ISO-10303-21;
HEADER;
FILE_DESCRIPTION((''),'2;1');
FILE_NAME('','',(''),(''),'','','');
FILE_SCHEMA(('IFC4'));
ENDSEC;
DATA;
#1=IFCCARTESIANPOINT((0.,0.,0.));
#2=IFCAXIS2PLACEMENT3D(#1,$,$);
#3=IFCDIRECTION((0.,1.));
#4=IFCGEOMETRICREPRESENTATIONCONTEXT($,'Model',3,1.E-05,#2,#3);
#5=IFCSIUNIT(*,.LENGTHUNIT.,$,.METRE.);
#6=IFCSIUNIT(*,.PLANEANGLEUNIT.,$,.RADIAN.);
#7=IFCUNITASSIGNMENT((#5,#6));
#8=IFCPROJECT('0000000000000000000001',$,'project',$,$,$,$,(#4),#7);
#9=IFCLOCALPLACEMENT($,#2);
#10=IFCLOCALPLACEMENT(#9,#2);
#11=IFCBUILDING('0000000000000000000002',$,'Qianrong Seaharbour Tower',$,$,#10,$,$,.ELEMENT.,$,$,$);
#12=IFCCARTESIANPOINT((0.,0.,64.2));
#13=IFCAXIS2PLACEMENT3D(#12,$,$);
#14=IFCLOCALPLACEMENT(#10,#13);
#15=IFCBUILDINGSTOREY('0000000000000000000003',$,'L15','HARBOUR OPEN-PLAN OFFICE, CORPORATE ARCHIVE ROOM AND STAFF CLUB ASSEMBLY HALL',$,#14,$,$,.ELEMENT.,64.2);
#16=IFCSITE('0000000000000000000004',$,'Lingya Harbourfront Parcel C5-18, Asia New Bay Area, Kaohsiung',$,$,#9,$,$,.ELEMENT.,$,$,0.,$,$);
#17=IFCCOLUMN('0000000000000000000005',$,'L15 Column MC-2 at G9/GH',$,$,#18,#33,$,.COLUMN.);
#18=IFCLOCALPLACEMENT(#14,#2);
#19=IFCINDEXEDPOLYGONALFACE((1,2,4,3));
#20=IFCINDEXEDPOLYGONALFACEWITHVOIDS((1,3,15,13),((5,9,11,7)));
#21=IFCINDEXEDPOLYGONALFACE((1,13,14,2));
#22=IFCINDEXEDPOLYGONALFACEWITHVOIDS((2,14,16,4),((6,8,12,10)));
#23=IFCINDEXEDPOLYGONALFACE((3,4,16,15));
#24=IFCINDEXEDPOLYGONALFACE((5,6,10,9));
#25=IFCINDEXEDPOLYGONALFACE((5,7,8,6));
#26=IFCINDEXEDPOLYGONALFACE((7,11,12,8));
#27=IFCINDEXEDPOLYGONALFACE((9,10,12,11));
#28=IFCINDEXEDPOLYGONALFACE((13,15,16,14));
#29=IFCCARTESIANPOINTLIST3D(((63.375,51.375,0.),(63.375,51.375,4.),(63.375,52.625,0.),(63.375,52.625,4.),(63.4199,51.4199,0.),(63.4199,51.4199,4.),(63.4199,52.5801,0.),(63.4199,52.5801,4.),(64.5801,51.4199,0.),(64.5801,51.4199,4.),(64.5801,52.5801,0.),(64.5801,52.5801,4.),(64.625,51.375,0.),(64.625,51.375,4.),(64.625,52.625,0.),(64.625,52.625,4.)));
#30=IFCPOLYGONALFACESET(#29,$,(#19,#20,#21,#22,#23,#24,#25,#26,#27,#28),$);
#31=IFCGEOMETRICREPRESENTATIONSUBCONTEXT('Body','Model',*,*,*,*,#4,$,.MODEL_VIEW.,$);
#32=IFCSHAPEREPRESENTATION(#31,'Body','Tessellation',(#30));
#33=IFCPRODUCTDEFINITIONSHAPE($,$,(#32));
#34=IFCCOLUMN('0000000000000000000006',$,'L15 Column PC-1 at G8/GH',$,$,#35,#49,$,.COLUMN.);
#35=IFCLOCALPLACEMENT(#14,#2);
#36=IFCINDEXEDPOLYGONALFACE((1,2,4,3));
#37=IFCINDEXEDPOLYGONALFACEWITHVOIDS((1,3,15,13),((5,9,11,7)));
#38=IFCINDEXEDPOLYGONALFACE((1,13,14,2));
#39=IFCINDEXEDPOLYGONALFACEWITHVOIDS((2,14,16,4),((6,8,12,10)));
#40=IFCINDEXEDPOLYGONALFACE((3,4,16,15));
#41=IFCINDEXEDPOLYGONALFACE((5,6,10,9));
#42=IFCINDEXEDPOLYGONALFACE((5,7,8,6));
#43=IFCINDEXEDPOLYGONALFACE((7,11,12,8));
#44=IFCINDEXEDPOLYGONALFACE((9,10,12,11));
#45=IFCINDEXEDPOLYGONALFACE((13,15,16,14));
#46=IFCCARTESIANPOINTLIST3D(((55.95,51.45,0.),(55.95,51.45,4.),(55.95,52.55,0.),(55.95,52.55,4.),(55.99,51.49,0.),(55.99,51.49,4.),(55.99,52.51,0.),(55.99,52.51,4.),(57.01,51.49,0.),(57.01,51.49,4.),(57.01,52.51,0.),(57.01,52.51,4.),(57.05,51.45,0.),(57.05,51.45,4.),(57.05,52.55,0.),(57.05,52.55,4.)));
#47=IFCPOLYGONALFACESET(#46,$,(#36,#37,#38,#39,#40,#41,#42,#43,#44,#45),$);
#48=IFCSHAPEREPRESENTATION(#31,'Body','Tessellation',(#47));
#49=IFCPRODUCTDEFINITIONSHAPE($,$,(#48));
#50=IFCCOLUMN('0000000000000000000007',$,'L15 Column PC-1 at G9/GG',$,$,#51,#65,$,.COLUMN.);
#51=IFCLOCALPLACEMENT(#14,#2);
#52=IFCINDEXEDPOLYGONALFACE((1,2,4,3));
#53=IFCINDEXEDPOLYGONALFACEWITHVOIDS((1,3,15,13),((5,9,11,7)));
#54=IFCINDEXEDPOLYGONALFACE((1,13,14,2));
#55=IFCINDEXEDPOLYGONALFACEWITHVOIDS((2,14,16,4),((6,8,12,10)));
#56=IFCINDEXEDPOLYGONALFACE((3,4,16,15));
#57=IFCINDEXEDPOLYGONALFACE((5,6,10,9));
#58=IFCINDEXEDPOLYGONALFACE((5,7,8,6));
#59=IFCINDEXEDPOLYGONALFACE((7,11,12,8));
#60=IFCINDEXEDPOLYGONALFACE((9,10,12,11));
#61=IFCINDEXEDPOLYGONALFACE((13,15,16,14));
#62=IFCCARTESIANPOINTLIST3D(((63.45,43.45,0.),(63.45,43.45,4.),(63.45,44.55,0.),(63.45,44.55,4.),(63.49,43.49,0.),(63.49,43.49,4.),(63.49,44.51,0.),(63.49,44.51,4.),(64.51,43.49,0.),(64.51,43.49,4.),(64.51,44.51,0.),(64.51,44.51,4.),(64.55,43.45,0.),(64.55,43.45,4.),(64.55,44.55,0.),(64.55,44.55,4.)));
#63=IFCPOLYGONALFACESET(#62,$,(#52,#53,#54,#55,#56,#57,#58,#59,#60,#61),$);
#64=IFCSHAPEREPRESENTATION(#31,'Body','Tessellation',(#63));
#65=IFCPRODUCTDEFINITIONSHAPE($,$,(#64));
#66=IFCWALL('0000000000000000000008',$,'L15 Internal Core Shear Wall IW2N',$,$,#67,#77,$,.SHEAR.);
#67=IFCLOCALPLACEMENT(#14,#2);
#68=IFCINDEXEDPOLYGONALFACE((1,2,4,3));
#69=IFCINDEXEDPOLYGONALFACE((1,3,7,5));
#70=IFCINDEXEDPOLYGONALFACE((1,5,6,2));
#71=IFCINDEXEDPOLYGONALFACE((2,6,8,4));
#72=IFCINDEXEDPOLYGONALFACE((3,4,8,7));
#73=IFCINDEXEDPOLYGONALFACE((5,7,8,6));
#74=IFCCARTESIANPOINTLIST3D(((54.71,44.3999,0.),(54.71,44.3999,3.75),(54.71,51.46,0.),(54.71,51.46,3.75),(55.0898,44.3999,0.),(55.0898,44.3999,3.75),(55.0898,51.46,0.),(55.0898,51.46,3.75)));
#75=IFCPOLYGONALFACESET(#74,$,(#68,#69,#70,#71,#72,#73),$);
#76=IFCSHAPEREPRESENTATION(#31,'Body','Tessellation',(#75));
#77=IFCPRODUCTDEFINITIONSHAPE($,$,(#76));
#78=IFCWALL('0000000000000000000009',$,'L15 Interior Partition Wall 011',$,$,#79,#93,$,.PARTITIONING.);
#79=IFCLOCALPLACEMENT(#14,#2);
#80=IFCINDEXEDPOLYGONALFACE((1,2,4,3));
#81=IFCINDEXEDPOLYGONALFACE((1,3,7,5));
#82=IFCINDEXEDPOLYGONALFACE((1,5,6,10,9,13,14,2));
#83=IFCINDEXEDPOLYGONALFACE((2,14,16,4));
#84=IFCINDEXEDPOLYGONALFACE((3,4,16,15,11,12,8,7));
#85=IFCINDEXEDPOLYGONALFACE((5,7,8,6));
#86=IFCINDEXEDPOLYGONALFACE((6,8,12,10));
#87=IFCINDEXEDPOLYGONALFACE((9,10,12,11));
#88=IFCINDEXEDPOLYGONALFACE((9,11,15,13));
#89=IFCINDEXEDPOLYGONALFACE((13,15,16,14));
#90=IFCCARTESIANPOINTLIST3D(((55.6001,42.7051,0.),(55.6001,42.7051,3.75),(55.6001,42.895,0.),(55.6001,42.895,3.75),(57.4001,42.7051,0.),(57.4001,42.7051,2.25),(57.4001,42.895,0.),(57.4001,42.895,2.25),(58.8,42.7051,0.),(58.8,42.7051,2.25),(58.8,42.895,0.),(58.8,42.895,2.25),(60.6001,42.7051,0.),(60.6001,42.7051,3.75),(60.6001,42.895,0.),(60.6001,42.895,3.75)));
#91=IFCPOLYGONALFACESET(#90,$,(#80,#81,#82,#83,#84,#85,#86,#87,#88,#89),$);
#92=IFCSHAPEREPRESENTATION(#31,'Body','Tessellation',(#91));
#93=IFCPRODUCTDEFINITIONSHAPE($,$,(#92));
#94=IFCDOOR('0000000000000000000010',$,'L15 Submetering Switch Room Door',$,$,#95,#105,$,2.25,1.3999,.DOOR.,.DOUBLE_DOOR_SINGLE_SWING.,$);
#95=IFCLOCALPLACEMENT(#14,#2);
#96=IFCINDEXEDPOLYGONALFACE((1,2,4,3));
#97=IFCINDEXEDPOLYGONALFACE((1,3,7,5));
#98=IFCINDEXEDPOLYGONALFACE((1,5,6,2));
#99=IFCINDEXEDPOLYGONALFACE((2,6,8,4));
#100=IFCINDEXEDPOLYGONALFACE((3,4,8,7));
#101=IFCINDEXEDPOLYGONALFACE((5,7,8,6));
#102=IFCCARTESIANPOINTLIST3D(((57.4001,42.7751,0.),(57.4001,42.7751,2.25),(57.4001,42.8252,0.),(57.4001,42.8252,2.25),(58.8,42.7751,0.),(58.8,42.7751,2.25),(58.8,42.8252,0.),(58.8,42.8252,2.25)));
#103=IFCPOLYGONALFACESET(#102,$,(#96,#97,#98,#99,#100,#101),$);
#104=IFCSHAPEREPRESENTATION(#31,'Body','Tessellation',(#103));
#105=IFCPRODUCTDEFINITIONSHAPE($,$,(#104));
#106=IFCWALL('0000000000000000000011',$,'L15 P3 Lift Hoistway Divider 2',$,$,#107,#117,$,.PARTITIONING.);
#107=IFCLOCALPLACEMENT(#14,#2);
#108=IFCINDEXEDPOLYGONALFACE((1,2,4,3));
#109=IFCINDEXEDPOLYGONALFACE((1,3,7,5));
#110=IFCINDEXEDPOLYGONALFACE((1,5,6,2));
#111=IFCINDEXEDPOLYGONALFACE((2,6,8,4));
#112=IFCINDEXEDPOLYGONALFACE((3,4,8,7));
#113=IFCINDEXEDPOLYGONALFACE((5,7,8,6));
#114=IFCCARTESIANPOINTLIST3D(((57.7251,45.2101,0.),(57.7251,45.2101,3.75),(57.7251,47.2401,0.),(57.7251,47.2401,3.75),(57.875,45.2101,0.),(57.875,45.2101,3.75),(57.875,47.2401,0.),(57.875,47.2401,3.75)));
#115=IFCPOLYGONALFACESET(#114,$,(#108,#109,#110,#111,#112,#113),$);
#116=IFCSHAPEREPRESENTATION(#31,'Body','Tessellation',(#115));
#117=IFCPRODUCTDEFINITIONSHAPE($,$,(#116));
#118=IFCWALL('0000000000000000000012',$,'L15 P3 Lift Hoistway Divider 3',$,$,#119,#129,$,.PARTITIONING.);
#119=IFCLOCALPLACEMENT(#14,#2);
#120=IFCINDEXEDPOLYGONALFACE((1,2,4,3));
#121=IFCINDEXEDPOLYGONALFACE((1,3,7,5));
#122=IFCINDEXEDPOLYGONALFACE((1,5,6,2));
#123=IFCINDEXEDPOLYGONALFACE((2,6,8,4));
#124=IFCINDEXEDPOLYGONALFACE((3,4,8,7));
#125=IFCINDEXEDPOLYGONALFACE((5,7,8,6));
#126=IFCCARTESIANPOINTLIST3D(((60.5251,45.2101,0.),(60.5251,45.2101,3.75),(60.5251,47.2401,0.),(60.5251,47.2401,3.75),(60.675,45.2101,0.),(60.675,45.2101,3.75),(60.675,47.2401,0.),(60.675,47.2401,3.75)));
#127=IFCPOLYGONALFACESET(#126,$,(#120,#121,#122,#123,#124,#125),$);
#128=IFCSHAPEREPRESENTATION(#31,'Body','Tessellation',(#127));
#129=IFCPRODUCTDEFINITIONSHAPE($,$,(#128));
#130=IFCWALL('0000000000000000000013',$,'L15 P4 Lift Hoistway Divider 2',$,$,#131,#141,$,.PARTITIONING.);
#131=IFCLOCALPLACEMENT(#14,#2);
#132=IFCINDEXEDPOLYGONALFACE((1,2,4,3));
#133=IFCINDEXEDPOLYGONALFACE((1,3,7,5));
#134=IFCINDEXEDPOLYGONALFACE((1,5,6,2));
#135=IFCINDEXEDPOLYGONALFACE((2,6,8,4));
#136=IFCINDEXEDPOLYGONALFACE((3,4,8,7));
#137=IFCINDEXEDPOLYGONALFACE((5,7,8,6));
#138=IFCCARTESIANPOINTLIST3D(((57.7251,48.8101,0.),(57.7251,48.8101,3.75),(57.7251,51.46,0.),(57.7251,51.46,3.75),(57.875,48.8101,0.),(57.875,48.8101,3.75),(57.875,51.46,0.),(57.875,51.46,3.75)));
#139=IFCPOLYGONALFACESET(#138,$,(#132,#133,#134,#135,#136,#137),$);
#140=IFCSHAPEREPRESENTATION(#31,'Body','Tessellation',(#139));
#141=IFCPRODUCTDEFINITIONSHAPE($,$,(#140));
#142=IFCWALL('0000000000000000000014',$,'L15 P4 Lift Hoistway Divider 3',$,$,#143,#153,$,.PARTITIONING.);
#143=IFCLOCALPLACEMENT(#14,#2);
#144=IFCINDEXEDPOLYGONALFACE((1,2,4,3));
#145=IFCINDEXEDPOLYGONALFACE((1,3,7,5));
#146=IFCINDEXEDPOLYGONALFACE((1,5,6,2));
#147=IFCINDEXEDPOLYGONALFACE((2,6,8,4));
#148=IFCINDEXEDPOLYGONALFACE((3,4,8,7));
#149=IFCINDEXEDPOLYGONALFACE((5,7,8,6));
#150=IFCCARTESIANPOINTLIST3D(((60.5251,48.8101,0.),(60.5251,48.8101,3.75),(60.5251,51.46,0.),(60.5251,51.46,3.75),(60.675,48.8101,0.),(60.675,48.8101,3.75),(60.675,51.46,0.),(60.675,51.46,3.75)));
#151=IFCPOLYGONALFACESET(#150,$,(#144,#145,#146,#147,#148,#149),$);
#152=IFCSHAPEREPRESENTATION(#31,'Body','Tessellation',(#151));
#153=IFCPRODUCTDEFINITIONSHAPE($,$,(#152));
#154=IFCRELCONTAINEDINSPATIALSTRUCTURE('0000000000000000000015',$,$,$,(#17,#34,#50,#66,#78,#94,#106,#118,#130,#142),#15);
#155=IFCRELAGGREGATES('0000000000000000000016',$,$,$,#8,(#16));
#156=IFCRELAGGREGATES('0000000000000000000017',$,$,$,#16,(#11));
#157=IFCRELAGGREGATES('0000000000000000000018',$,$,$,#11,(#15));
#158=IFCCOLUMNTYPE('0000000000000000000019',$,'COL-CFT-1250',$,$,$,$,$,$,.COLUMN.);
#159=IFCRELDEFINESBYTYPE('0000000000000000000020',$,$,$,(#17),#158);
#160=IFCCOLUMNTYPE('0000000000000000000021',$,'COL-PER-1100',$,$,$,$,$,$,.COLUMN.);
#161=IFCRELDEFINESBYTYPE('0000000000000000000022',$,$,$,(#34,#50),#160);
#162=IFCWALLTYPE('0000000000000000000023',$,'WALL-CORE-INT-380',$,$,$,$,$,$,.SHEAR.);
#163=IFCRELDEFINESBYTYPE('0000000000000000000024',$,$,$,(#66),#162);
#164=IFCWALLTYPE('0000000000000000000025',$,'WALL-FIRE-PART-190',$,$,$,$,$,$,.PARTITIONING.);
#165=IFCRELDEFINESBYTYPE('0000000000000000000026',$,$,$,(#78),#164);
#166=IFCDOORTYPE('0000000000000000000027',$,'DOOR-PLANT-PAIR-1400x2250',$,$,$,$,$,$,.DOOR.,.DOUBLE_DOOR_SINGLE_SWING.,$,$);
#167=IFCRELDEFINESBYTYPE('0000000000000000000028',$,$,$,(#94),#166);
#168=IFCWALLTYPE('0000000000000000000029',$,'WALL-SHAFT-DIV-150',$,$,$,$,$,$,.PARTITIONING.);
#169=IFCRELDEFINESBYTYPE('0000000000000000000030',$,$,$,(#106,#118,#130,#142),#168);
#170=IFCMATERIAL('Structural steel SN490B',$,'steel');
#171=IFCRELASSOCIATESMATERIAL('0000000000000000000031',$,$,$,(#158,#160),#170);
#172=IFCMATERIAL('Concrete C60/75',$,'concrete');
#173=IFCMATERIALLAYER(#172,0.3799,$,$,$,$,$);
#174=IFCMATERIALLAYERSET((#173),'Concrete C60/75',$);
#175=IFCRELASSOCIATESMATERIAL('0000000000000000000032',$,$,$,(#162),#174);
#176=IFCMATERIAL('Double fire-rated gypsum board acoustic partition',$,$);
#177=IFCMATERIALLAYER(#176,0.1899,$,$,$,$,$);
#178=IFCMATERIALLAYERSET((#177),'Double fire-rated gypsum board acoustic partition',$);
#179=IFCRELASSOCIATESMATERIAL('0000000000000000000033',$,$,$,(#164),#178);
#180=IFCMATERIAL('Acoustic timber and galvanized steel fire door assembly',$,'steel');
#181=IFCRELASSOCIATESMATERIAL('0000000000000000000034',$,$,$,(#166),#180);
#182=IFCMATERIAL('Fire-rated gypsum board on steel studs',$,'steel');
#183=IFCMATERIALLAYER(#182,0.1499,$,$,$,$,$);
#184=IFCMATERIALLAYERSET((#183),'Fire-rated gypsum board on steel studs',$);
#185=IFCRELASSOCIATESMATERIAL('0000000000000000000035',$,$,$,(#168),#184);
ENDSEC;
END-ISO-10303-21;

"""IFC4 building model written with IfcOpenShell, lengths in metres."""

from ifc_helpers import new_model, si_unit, direction, frame, frame_2d, origin, origin_2d, place, context, subcontext, project, spatial, rectangle, hollow_rectangle, extrude, material, layer, layer_set, material_profile, profile_set, type_object, element, fill, save


model = new_model("IFC4")

# Units and contexts
model_context = context("Model", 3, precision=1e-05, world=origin(), true_north=direction((0.0, 1.0)))
body_context = subcontext(model_context, "Body", "Model", "MODEL_VIEW")
ifc_project = project(units=[si_unit("LENGTHUNIT", "METRE"), si_unit("PLANEANGLEUNIT", "RADIAN")], contexts=[model_context])

# Site, building, storey
site_placement = place(None, origin())
site = spatial("IfcSite", under=ifc_project, at=site_placement, Name="Lingya Harbourfront Parcel C5-18, Asia New Bay Area, Kaohsiung", CompositionType="ELEMENT", RefElevation=0.0)
building_placement = place(site_placement, origin())
building = spatial("IfcBuilding", under=site, at=building_placement, Name="Qianrong Seaharbour Tower", CompositionType="ELEMENT")
storey_placement = place(building_placement, frame((0.0, 0.0, 64.2)))
storey = spatial("IfcBuildingStorey", under=building, at=storey_placement, Name="L15", Description="HARBOUR OPEN-PLAN OFFICE, CORPORATE ARCHIVE ROOM AND STAFF CLUB ASSEMBLY HALL", CompositionType="ELEMENT", Elevation=64.2)

# Columns
ifc_material_1 = material(Name="Structural steel SN490B", Category="steel")
ifc_material_profile_1 = material_profile(ifc_material_1, hollow_rectangle(XDim=1.25, YDim=1.25, WallThickness=0.0449, at=origin_2d()), Name="BOX1250x1250x45")
ifc_profile_set_1 = profile_set([ifc_material_profile_1], Name="Structural steel SN490B")
column_type_1 = type_object("IfcColumnType", Name="COL-CFT-1250", PredefinedType="COLUMN", material=ifc_profile_set_1)
column_placement = place(storey_placement, frame((64.0, 52.0, 0.0), z_axis=(0.0, 0.0, 1.0), x_axis=(1.0, 0.0, 0.0)))
element("IfcColumn", 1, at=column_placement, inside=storey, type_object=column_type_1, Name="L15 Column MC-2 at G9/GH", PredefinedType="COLUMN", context=body_context, shape_type="SweptSolid", body=[
    extrude(hollow_rectangle(XDim=1.25, YDim=1.25, WallThickness=0.0449, at=origin_2d()), origin(), (0.0, 0.0, 1.0), 4.0),
])
ifc_material_profile_2 = material_profile(ifc_material_1, hollow_rectangle(XDim=1.1001, YDim=1.1001, WallThickness=0.04, at=origin_2d()), Name="BOX1100x1100x40")
ifc_profile_set_2 = profile_set([ifc_material_profile_2], Name="Structural steel SN490B")
column_type_2 = type_object("IfcColumnType", Name="COL-PER-1100", PredefinedType="COLUMN", material=ifc_profile_set_2)
for number, where, z_axis, x_axis, name in (
    (2, (56.5, 52.0, 0.0), (0.0, 0.0, 1.0), (1.0, 0.0, 0.0), "L15 Column PC-1 at G8/GH"),
    (3, (64.0, 44.0, 0.0), (0.0, 0.0, 1.0), (1.0, 0.0, 0.0), "L15 Column PC-1 at G9/GG"),
):
    element("IfcColumn", number, at=place(storey_placement, frame(where, z_axis=z_axis, x_axis=x_axis)), inside=storey, type_object=column_type_2, Name=name, PredefinedType="COLUMN", context=body_context, shape_type="SweptSolid", body=[
        extrude(hollow_rectangle(XDim=1.1001, YDim=1.1001, WallThickness=0.04, at=origin_2d()), origin(), (0.0, 0.0, 1.0), 4.0),
    ])

# Wall
ifc_material_2 = material(Name="Concrete C60/75", Category="concrete")
ifc_layer_1 = layer(ifc_material_2, 0.3799)
ifc_layer_set_1 = layer_set([ifc_layer_1], Name="Concrete C60/75")
wall_type_1 = type_object("IfcWallType", Name="WALL-CORE-INT-380", PredefinedType="SHEAR", material=ifc_layer_set_1)
wall_1_placement = place(storey_placement, frame((54.8999, 44.3999, 0.0), z_axis=(0.0, 0.0, 1.0), x_axis=(0.0, 1.0, 0.0)))
element("IfcWall", 4, at=wall_1_placement, inside=storey, type_object=wall_type_1, Name="L15 Internal Core Shear Wall IW2N", PredefinedType="SHEAR", context=body_context, shape_type="SweptSolid", body=[
    extrude(rectangle(XDim=7.0601, YDim=0.3799, at=frame_2d((3.53, 0.0))), origin(), (0.0, 0.0, 1.0), 3.75),
])

# Wall, opening, door
ifc_material_3 = material(Name="Acoustic timber and galvanized steel fire door assembly", Category="steel")
ifc_material_4 = material(Name="Double fire-rated gypsum board acoustic partition")
ifc_layer_2 = layer(ifc_material_4, 0.1899)
ifc_layer_set_2 = layer_set([ifc_layer_2], Name="Double fire-rated gypsum board acoustic partition")
wall_type_2 = type_object("IfcWallType", Name="WALL-FIRE-PART-190", PredefinedType="PARTITIONING", material=ifc_layer_set_2)
wall_2_placement = place(storey_placement, frame((60.6001, 42.8, 0.0), z_axis=(0.0, 0.0, 1.0), x_axis=(-1.0, 0.0, 0.0)))
wall_2 = element("IfcWall", 5, at=wall_2_placement, inside=storey, type_object=wall_type_2, Name="L15 Interior Partition Wall 011", PredefinedType="PARTITIONING", context=body_context, shape_type="SweptSolid", body=[
    extrude(rectangle(XDim=5.0, YDim=0.1899, at=frame_2d((2.5, 0.0))), origin(), (0.0, 0.0, 1.0), 3.75),
])
opening_1_placement = place(wall_2_placement, frame((1.8, 0.0, 0.0)))
opening_1 = element("IfcOpeningElement", 6, at=opening_1_placement, cuts=wall_2, PredefinedType="OPENING", context=body_context, shape_type="SweptSolid", body=[
    extrude(rectangle(XDim=1.3999, YDim=2.25, at=frame_2d((0.7, 1.125))), frame((0.0, 0.105, 0.0), z_axis=(0.0, -1.0, 0.0), x_axis=(1.0, 0.0, 0.0)), (0.0, 0.0, 1.0), 0.21),
])
door_type_1 = type_object("IfcDoorType", Name="DOOR-PLANT-PAIR-1400x2250", OperationType="DOUBLE_DOOR_SINGLE_SWING", PredefinedType="DOOR", material=ifc_material_3)
door_1_placement = place(opening_1_placement, origin())
door_1 = element("IfcDoor", 7, at=door_1_placement, inside=storey, type_object=door_type_1, Name="L15 Submetering Switch Room Door", OperationType="DOUBLE_DOOR_SINGLE_SWING", OverallHeight=2.25, OverallWidth=1.3999, PredefinedType="DOOR", context=body_context, shape_type="SweptSolid", body=[
    extrude(rectangle(XDim=1.3999, YDim=2.25, at=frame_2d((0.7, 1.125))), frame((0.0, 0.0249, 0.0), z_axis=(0.0, -1.0, 0.0), x_axis=(1.0, 0.0, 0.0)), (0.0, 0.0, 1.0), 0.05),
])
fill(opening_1, door_1)

# Walls
ifc_material_5 = material(Name="Fire-rated gypsum board on steel studs", Category="steel")
ifc_layer_3 = layer(ifc_material_5, 0.1499)
ifc_layer_set_3 = layer_set([ifc_layer_3], Name="Fire-rated gypsum board on steel studs")
wall_type_3 = type_object("IfcWallType", Name="WALL-SHAFT-DIV-150", PredefinedType="PARTITIONING", material=ifc_layer_set_3)
for number, where, z_axis, x_axis, name in (
    (8, (57.8, 45.21, 0.0), (0.0, 0.0, 1.0), (0.0, 1.0, 0.0), "L15 P3 Lift Hoistway Divider 2"),
    (9, (60.6001, 45.21, 0.0), (0.0, 0.0, 1.0), (0.0, 1.0, 0.0), "L15 P3 Lift Hoistway Divider 3"),
):
    element("IfcWall", number, at=place(storey_placement, frame(where, z_axis=z_axis, x_axis=x_axis)), inside=storey, type_object=wall_type_3, Name=name, PredefinedType="PARTITIONING", context=body_context, shape_type="SweptSolid", body=[
        extrude(rectangle(XDim=2.03, YDim=0.1499, at=frame_2d((1.0151, 0.0))), origin(), (0.0, 0.0, 1.0), 3.75),
    ])
for number, where, z_axis, x_axis, name in (
    (10, (57.8, 48.8101, 0.0), (0.0, 0.0, 1.0), (0.0, 1.0, 0.0), "L15 P4 Lift Hoistway Divider 2"),
    (11, (60.6001, 48.8101, 0.0), (0.0, 0.0, 1.0), (0.0, 1.0, 0.0), "L15 P4 Lift Hoistway Divider 3"),
):
    element("IfcWall", number, at=place(storey_placement, frame(where, z_axis=z_axis, x_axis=x_axis)), inside=storey, type_object=wall_type_3, Name=name, PredefinedType="PARTITIONING", context=body_context, shape_type="SweptSolid", body=[
        extrude(rectangle(XDim=2.6499, YDim=0.1499, at=frame_2d((1.325, 0.0))), origin(), (0.0, 0.0, 1.0), 3.75),
    ])

save(model, "model.ifc")
